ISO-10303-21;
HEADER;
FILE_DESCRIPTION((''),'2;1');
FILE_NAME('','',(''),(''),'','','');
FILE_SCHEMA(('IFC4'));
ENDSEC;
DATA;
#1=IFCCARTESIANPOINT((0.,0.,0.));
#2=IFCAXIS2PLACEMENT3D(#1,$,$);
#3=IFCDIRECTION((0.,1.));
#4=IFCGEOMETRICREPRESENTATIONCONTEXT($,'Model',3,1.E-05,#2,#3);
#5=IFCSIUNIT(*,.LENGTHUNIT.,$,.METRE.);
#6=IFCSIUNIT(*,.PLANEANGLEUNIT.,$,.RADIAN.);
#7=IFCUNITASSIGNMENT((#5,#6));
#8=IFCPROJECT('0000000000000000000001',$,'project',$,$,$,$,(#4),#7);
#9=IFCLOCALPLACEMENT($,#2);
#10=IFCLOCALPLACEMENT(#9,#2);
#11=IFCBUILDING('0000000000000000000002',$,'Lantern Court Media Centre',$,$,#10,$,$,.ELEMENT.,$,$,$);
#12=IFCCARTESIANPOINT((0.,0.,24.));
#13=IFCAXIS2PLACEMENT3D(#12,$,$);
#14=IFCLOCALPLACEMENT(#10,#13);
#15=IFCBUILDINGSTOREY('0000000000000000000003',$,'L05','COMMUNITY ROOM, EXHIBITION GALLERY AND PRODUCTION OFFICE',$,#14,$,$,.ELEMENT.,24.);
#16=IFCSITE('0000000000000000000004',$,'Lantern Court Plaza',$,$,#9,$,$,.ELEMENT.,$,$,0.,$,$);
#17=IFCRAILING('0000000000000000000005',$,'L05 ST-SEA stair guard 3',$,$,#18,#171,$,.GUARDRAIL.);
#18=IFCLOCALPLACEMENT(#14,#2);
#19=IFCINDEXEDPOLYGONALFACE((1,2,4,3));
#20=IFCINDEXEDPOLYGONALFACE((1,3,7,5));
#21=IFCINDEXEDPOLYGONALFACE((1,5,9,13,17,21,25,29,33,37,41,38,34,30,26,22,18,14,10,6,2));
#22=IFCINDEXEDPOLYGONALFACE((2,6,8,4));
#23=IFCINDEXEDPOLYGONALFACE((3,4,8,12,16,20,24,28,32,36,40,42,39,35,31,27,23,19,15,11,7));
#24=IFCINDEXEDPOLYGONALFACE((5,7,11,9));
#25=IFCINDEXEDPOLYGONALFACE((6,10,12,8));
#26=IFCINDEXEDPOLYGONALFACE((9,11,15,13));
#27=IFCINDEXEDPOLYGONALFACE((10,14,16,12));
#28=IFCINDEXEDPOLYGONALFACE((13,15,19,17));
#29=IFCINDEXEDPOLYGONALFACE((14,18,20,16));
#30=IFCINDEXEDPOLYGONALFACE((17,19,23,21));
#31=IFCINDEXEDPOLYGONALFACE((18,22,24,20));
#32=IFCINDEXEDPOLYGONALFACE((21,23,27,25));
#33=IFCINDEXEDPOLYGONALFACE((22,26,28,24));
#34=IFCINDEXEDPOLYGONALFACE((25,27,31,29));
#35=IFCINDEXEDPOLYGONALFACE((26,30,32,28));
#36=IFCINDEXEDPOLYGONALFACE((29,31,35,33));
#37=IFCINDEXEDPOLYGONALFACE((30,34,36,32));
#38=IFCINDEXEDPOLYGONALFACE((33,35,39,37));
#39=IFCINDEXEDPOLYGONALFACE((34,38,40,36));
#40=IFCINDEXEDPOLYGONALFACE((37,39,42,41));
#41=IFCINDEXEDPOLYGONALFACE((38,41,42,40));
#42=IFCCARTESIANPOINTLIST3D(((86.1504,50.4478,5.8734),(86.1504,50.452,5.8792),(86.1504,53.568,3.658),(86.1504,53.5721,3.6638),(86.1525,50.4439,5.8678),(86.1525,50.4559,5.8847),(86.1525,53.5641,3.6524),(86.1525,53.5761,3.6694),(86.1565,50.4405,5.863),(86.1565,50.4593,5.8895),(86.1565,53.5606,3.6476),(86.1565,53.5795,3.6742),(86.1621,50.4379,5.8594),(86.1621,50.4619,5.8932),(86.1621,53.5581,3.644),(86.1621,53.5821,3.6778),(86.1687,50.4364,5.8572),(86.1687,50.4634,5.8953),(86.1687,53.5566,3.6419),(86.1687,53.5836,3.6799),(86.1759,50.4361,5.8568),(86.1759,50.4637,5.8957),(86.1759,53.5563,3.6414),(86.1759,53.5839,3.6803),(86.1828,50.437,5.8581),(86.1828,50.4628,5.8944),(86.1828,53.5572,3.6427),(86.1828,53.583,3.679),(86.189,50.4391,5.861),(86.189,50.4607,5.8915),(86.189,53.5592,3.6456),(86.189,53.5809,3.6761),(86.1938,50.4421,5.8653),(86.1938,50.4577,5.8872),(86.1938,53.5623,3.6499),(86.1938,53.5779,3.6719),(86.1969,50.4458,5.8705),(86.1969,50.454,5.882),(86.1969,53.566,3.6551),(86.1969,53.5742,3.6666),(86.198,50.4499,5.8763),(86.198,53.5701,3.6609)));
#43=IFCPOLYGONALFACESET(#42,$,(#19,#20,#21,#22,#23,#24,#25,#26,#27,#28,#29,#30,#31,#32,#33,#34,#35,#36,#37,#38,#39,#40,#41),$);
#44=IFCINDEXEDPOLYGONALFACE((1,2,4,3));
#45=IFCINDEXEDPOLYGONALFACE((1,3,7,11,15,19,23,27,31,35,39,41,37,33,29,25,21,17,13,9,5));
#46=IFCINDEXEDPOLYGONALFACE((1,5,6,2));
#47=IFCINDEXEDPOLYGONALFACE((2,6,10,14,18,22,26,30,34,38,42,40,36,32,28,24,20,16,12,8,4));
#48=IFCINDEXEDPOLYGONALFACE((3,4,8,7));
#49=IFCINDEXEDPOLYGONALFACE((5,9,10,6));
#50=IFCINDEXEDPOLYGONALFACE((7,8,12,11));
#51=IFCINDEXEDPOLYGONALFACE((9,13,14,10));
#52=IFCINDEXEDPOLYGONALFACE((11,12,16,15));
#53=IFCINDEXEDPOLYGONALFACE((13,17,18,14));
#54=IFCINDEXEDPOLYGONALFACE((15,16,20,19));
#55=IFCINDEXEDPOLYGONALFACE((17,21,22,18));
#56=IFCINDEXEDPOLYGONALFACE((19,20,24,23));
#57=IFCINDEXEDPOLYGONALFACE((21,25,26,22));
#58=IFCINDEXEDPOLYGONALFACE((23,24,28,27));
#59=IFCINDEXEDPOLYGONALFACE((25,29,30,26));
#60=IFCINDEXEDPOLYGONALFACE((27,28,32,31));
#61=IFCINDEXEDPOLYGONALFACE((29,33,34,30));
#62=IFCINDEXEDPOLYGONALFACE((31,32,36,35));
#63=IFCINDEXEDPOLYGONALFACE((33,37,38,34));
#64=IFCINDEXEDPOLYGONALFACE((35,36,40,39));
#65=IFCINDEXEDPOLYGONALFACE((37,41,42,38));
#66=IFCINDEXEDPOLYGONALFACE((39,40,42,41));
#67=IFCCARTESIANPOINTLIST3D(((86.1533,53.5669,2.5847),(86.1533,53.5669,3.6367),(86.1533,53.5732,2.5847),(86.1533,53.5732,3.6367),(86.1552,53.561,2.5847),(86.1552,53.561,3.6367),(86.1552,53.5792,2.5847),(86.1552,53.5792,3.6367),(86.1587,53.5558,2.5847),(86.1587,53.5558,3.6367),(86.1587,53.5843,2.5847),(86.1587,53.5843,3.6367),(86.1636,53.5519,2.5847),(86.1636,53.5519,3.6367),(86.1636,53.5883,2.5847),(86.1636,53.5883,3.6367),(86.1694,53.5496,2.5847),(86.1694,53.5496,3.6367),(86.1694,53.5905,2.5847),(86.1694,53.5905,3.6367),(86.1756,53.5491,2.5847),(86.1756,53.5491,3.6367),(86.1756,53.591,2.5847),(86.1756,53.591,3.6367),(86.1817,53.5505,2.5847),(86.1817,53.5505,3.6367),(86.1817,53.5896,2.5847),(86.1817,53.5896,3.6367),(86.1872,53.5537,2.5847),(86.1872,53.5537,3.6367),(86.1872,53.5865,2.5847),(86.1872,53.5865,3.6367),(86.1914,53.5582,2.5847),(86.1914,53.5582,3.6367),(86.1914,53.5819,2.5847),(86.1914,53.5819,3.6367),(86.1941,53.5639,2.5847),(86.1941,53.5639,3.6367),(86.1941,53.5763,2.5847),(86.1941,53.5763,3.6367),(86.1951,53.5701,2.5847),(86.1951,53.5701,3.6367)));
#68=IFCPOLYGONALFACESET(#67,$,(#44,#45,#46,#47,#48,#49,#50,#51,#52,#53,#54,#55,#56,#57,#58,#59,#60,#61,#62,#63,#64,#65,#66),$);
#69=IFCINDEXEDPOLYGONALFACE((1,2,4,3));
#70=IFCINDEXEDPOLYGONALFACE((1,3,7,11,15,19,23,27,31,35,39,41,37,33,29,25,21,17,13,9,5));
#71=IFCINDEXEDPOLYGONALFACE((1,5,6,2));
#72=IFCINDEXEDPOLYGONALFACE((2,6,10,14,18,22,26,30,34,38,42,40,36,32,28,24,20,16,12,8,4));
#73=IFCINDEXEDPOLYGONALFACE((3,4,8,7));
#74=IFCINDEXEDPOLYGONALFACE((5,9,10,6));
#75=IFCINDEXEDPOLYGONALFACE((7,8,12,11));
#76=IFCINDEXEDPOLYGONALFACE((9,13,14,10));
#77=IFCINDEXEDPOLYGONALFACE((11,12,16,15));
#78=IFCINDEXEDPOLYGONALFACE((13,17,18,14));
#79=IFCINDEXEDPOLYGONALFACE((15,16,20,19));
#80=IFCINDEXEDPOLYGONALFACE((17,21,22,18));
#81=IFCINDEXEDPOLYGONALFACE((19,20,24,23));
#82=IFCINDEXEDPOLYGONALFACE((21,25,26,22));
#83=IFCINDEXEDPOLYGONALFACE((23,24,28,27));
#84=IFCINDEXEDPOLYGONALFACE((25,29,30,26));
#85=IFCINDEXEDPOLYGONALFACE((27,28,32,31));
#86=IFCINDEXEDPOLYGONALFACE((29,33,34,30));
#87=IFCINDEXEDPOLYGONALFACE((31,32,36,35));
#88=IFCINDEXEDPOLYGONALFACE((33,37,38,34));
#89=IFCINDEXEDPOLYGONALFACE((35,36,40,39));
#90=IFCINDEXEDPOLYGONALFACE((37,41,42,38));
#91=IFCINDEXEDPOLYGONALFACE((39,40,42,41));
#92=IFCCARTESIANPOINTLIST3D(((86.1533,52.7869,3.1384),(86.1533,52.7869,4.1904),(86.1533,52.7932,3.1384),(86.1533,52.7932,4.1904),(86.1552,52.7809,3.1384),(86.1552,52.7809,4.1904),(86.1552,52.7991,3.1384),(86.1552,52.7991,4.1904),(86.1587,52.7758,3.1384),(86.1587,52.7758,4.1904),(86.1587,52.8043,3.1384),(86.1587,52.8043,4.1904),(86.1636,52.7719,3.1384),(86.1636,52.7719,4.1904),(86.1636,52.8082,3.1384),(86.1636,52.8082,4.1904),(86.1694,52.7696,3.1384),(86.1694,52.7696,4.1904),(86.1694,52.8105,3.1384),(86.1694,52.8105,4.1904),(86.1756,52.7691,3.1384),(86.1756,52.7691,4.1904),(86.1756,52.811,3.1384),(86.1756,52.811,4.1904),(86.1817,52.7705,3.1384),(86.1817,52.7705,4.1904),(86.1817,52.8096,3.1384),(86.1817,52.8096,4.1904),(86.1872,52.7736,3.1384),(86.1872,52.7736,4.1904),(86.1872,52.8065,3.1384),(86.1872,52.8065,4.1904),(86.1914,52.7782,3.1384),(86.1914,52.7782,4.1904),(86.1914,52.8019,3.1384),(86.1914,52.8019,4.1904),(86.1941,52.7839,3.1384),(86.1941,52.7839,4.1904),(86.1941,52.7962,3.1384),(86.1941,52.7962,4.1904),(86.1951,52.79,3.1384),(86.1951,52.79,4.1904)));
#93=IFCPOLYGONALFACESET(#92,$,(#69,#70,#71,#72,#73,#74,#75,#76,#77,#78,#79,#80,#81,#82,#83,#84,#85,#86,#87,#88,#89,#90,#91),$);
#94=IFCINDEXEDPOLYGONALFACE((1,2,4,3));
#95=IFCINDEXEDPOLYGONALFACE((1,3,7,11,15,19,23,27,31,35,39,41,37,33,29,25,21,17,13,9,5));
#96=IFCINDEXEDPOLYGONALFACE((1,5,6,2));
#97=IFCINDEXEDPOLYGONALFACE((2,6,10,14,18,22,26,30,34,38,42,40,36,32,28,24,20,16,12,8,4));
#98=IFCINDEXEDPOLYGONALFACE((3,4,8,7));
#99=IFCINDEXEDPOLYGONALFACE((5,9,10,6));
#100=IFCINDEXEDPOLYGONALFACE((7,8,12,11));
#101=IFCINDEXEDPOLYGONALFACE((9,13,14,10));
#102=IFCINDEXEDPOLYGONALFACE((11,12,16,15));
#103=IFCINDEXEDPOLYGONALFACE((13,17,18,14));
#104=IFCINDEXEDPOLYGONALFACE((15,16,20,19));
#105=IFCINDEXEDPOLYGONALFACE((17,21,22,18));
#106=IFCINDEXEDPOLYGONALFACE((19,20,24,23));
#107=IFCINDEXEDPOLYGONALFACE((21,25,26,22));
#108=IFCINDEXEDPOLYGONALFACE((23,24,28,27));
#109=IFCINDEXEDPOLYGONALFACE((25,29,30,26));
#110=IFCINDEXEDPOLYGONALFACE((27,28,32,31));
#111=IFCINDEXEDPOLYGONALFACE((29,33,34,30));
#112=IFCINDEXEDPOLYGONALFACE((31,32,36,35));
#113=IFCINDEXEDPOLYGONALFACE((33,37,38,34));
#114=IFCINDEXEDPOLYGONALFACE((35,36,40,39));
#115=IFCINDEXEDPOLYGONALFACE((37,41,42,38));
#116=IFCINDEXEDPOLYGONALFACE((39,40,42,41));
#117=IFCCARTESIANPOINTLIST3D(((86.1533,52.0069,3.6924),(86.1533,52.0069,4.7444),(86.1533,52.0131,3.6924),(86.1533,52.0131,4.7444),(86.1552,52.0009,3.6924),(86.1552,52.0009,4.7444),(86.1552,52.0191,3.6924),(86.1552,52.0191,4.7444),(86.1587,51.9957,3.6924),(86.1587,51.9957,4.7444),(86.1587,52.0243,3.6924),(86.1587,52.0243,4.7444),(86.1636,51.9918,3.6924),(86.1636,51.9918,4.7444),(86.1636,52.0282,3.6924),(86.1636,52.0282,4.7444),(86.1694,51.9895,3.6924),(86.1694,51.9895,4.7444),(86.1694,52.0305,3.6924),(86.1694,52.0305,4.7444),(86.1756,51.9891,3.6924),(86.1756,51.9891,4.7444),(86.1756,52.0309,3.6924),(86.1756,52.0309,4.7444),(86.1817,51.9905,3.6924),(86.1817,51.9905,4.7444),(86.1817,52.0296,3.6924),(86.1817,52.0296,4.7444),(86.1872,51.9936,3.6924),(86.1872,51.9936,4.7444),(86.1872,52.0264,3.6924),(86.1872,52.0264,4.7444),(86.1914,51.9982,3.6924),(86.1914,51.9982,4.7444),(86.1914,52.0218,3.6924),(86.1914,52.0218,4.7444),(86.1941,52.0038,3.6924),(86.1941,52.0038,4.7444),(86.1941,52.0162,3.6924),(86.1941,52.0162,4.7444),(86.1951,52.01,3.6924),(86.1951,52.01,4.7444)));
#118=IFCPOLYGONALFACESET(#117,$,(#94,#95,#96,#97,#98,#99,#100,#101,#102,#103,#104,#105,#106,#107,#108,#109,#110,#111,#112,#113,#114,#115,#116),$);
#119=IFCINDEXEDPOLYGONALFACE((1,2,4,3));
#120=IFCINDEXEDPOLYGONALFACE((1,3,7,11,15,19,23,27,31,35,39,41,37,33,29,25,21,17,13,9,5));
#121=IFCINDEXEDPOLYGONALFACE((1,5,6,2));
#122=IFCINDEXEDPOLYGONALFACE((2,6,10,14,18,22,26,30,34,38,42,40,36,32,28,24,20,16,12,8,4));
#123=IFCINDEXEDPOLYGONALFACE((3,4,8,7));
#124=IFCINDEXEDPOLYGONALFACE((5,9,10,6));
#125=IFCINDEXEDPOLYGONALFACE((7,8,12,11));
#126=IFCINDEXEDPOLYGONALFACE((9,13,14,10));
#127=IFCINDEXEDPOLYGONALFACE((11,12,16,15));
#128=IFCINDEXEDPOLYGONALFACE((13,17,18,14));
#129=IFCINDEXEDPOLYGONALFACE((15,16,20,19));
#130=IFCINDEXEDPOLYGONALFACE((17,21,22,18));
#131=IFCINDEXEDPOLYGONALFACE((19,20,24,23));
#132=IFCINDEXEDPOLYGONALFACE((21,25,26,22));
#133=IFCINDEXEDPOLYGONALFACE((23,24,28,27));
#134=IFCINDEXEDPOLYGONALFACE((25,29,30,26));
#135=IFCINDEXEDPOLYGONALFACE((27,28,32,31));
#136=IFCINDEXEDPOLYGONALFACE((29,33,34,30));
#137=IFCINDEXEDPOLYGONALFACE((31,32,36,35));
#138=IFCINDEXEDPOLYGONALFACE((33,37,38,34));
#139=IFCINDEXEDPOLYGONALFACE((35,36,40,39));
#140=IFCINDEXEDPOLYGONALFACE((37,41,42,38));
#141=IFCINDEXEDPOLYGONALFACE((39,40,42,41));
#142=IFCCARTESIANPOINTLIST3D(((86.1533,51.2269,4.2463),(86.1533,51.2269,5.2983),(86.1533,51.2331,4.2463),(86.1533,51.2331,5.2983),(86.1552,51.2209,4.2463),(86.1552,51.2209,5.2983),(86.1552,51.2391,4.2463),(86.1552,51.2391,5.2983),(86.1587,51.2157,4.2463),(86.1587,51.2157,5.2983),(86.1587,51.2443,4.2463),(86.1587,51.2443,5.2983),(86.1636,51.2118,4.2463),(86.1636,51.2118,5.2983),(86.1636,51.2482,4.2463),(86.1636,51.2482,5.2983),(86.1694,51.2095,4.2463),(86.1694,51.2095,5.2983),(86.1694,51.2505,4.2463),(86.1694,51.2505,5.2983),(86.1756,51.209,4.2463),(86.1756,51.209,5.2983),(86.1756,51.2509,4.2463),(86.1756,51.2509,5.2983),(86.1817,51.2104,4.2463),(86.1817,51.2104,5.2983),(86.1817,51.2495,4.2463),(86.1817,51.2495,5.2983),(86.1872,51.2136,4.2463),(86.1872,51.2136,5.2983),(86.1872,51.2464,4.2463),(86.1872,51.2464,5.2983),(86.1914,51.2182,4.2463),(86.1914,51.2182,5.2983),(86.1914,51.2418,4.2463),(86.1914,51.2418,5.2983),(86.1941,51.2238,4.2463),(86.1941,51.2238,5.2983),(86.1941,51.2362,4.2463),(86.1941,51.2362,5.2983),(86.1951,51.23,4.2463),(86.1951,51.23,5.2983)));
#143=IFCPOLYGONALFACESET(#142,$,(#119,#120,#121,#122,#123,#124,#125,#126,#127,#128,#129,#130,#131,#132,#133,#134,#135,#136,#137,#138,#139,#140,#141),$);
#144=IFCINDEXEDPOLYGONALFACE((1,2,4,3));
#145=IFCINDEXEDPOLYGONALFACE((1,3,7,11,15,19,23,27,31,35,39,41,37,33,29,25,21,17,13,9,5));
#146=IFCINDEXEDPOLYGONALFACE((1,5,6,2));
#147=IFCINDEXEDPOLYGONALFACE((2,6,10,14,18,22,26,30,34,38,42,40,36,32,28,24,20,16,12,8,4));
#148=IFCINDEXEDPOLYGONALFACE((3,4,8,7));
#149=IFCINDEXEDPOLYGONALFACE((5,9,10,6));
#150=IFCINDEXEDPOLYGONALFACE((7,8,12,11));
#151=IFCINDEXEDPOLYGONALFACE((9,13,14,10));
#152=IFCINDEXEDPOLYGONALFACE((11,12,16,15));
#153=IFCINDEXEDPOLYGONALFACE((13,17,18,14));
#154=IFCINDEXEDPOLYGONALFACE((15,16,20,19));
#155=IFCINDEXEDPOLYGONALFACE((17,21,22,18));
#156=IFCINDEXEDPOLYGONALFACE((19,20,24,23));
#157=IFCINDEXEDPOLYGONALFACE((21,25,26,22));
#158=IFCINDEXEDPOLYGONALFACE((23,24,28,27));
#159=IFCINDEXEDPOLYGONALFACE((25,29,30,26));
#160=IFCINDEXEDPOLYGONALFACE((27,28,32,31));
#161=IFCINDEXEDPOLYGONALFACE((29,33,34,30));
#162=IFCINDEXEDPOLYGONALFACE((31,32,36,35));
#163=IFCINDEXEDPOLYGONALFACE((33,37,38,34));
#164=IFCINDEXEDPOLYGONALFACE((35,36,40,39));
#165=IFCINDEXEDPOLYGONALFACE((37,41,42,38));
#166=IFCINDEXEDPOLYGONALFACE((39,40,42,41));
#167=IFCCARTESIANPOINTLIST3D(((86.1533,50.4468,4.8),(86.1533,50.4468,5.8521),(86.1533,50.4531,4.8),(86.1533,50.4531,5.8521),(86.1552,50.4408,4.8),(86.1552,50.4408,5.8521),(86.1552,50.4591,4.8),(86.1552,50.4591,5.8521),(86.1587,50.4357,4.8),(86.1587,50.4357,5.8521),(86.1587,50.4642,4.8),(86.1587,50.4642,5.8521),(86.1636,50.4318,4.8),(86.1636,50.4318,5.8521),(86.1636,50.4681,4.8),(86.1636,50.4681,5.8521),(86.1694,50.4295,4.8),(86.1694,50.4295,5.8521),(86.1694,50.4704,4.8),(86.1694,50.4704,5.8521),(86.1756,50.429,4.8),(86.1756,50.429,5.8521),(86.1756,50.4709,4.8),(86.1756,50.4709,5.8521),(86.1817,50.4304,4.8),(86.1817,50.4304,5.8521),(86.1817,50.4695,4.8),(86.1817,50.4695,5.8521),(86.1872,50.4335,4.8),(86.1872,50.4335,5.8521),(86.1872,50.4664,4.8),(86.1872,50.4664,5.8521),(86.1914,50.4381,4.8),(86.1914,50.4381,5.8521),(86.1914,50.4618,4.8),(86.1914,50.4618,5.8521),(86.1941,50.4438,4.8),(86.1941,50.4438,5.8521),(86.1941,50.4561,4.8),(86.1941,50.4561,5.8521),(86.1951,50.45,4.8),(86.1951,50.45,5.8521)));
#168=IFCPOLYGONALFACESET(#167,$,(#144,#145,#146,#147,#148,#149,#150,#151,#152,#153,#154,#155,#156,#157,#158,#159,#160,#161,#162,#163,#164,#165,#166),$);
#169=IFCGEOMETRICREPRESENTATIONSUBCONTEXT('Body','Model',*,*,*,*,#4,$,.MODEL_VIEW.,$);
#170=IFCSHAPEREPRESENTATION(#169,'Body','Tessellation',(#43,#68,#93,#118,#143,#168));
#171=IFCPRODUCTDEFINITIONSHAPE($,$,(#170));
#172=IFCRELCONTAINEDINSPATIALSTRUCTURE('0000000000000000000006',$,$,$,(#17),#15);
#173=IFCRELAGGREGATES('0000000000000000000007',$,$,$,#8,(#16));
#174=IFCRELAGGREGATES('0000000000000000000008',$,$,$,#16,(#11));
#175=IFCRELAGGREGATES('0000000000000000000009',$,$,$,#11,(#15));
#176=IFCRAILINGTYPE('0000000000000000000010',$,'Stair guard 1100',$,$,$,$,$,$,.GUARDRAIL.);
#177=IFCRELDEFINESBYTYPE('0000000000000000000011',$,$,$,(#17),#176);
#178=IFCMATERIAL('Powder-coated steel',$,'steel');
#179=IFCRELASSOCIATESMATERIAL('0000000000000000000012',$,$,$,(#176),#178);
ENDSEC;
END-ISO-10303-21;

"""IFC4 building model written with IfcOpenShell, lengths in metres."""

from ifc_helpers import new_model, si_unit, direction, frame, origin, origin_2d, place, context, subcontext, project, spatial, circle, extrude, material, type_object, element, save


model = new_model("IFC4")

# Units and contexts
model_context = context("Model", 3, precision=1e-05, world=origin(), true_north=direction((0.0, 1.0)))
body_context = subcontext(model_context, "Body", "Model", "MODEL_VIEW")
ifc_project = project(units=[si_unit("LENGTHUNIT", "METRE"), si_unit("PLANEANGLEUNIT", "RADIAN")], contexts=[model_context])

# Site, building, storey
site_placement = place(None, origin())
site = spatial("IfcSite", under=ifc_project, at=site_placement, Name="Lantern Court Plaza", CompositionType="ELEMENT", RefElevation=0.0)
building_placement = place(site_placement, origin())
building = spatial("IfcBuilding", under=site, at=building_placement, Name="Lantern Court Media Centre", CompositionType="ELEMENT")
storey_placement = place(building_placement, frame((0.0, 0.0, 24.0)))
storey = spatial("IfcBuildingStorey", under=building, at=storey_placement, Name="L05", Description="COMMUNITY ROOM, EXHIBITION GALLERY AND PRODUCTION OFFICE", CompositionType="ELEMENT", Elevation=24.0)

# Railing
ifc_material_1 = material(Name="Powder-coated steel", Category="steel")
railing_type = type_object("IfcRailingType", Name="Stair guard 1100", PredefinedType="GUARDRAIL", material=ifc_material_1)
railing_1_placement = place(storey_placement, frame((86.1741, 53.5701, 2.5847)))
element("IfcRailing", 1, at=railing_1_placement, inside=storey, type_object=railing_type, Name="L05 ST-SEA stair guard 3", PredefinedType="GUARDRAIL", context=body_context, shape_type="SweptSolid", body=[
    extrude(circle(Radius=0.0239, at=origin_2d()), frame((0.0, 0.0, 1.0762), z_axis=(0.0, -0.815377, 0.57893), x_axis=(1.0, 0.0, 0.0)), (0.0, 0.0, 1.0), 3.8267),
    extrude(circle(Radius=0.021, at=origin_2d()), origin(), (0.0, 0.0, 1.0), 1.052),
    extrude(circle(Radius=0.021, at=origin_2d()), frame((0.0, -0.78, 0.5537)), (0.0, 0.0, 1.0), 1.052),
    extrude(circle(Radius=0.021, at=origin_2d()), frame((0.0, -1.5601, 1.1077)), (0.0, 0.0, 1.0), 1.052),
    extrude(circle(Radius=0.021, at=origin_2d()), frame((0.0, -2.3401, 1.6616)), (0.0, 0.0, 1.0), 1.052),
    extrude(circle(Radius=0.021, at=origin_2d()), frame((0.0, -3.1201, 2.2153)), (0.0, 0.0, 1.0), 1.052),
])

save(model, "model.ifc")
